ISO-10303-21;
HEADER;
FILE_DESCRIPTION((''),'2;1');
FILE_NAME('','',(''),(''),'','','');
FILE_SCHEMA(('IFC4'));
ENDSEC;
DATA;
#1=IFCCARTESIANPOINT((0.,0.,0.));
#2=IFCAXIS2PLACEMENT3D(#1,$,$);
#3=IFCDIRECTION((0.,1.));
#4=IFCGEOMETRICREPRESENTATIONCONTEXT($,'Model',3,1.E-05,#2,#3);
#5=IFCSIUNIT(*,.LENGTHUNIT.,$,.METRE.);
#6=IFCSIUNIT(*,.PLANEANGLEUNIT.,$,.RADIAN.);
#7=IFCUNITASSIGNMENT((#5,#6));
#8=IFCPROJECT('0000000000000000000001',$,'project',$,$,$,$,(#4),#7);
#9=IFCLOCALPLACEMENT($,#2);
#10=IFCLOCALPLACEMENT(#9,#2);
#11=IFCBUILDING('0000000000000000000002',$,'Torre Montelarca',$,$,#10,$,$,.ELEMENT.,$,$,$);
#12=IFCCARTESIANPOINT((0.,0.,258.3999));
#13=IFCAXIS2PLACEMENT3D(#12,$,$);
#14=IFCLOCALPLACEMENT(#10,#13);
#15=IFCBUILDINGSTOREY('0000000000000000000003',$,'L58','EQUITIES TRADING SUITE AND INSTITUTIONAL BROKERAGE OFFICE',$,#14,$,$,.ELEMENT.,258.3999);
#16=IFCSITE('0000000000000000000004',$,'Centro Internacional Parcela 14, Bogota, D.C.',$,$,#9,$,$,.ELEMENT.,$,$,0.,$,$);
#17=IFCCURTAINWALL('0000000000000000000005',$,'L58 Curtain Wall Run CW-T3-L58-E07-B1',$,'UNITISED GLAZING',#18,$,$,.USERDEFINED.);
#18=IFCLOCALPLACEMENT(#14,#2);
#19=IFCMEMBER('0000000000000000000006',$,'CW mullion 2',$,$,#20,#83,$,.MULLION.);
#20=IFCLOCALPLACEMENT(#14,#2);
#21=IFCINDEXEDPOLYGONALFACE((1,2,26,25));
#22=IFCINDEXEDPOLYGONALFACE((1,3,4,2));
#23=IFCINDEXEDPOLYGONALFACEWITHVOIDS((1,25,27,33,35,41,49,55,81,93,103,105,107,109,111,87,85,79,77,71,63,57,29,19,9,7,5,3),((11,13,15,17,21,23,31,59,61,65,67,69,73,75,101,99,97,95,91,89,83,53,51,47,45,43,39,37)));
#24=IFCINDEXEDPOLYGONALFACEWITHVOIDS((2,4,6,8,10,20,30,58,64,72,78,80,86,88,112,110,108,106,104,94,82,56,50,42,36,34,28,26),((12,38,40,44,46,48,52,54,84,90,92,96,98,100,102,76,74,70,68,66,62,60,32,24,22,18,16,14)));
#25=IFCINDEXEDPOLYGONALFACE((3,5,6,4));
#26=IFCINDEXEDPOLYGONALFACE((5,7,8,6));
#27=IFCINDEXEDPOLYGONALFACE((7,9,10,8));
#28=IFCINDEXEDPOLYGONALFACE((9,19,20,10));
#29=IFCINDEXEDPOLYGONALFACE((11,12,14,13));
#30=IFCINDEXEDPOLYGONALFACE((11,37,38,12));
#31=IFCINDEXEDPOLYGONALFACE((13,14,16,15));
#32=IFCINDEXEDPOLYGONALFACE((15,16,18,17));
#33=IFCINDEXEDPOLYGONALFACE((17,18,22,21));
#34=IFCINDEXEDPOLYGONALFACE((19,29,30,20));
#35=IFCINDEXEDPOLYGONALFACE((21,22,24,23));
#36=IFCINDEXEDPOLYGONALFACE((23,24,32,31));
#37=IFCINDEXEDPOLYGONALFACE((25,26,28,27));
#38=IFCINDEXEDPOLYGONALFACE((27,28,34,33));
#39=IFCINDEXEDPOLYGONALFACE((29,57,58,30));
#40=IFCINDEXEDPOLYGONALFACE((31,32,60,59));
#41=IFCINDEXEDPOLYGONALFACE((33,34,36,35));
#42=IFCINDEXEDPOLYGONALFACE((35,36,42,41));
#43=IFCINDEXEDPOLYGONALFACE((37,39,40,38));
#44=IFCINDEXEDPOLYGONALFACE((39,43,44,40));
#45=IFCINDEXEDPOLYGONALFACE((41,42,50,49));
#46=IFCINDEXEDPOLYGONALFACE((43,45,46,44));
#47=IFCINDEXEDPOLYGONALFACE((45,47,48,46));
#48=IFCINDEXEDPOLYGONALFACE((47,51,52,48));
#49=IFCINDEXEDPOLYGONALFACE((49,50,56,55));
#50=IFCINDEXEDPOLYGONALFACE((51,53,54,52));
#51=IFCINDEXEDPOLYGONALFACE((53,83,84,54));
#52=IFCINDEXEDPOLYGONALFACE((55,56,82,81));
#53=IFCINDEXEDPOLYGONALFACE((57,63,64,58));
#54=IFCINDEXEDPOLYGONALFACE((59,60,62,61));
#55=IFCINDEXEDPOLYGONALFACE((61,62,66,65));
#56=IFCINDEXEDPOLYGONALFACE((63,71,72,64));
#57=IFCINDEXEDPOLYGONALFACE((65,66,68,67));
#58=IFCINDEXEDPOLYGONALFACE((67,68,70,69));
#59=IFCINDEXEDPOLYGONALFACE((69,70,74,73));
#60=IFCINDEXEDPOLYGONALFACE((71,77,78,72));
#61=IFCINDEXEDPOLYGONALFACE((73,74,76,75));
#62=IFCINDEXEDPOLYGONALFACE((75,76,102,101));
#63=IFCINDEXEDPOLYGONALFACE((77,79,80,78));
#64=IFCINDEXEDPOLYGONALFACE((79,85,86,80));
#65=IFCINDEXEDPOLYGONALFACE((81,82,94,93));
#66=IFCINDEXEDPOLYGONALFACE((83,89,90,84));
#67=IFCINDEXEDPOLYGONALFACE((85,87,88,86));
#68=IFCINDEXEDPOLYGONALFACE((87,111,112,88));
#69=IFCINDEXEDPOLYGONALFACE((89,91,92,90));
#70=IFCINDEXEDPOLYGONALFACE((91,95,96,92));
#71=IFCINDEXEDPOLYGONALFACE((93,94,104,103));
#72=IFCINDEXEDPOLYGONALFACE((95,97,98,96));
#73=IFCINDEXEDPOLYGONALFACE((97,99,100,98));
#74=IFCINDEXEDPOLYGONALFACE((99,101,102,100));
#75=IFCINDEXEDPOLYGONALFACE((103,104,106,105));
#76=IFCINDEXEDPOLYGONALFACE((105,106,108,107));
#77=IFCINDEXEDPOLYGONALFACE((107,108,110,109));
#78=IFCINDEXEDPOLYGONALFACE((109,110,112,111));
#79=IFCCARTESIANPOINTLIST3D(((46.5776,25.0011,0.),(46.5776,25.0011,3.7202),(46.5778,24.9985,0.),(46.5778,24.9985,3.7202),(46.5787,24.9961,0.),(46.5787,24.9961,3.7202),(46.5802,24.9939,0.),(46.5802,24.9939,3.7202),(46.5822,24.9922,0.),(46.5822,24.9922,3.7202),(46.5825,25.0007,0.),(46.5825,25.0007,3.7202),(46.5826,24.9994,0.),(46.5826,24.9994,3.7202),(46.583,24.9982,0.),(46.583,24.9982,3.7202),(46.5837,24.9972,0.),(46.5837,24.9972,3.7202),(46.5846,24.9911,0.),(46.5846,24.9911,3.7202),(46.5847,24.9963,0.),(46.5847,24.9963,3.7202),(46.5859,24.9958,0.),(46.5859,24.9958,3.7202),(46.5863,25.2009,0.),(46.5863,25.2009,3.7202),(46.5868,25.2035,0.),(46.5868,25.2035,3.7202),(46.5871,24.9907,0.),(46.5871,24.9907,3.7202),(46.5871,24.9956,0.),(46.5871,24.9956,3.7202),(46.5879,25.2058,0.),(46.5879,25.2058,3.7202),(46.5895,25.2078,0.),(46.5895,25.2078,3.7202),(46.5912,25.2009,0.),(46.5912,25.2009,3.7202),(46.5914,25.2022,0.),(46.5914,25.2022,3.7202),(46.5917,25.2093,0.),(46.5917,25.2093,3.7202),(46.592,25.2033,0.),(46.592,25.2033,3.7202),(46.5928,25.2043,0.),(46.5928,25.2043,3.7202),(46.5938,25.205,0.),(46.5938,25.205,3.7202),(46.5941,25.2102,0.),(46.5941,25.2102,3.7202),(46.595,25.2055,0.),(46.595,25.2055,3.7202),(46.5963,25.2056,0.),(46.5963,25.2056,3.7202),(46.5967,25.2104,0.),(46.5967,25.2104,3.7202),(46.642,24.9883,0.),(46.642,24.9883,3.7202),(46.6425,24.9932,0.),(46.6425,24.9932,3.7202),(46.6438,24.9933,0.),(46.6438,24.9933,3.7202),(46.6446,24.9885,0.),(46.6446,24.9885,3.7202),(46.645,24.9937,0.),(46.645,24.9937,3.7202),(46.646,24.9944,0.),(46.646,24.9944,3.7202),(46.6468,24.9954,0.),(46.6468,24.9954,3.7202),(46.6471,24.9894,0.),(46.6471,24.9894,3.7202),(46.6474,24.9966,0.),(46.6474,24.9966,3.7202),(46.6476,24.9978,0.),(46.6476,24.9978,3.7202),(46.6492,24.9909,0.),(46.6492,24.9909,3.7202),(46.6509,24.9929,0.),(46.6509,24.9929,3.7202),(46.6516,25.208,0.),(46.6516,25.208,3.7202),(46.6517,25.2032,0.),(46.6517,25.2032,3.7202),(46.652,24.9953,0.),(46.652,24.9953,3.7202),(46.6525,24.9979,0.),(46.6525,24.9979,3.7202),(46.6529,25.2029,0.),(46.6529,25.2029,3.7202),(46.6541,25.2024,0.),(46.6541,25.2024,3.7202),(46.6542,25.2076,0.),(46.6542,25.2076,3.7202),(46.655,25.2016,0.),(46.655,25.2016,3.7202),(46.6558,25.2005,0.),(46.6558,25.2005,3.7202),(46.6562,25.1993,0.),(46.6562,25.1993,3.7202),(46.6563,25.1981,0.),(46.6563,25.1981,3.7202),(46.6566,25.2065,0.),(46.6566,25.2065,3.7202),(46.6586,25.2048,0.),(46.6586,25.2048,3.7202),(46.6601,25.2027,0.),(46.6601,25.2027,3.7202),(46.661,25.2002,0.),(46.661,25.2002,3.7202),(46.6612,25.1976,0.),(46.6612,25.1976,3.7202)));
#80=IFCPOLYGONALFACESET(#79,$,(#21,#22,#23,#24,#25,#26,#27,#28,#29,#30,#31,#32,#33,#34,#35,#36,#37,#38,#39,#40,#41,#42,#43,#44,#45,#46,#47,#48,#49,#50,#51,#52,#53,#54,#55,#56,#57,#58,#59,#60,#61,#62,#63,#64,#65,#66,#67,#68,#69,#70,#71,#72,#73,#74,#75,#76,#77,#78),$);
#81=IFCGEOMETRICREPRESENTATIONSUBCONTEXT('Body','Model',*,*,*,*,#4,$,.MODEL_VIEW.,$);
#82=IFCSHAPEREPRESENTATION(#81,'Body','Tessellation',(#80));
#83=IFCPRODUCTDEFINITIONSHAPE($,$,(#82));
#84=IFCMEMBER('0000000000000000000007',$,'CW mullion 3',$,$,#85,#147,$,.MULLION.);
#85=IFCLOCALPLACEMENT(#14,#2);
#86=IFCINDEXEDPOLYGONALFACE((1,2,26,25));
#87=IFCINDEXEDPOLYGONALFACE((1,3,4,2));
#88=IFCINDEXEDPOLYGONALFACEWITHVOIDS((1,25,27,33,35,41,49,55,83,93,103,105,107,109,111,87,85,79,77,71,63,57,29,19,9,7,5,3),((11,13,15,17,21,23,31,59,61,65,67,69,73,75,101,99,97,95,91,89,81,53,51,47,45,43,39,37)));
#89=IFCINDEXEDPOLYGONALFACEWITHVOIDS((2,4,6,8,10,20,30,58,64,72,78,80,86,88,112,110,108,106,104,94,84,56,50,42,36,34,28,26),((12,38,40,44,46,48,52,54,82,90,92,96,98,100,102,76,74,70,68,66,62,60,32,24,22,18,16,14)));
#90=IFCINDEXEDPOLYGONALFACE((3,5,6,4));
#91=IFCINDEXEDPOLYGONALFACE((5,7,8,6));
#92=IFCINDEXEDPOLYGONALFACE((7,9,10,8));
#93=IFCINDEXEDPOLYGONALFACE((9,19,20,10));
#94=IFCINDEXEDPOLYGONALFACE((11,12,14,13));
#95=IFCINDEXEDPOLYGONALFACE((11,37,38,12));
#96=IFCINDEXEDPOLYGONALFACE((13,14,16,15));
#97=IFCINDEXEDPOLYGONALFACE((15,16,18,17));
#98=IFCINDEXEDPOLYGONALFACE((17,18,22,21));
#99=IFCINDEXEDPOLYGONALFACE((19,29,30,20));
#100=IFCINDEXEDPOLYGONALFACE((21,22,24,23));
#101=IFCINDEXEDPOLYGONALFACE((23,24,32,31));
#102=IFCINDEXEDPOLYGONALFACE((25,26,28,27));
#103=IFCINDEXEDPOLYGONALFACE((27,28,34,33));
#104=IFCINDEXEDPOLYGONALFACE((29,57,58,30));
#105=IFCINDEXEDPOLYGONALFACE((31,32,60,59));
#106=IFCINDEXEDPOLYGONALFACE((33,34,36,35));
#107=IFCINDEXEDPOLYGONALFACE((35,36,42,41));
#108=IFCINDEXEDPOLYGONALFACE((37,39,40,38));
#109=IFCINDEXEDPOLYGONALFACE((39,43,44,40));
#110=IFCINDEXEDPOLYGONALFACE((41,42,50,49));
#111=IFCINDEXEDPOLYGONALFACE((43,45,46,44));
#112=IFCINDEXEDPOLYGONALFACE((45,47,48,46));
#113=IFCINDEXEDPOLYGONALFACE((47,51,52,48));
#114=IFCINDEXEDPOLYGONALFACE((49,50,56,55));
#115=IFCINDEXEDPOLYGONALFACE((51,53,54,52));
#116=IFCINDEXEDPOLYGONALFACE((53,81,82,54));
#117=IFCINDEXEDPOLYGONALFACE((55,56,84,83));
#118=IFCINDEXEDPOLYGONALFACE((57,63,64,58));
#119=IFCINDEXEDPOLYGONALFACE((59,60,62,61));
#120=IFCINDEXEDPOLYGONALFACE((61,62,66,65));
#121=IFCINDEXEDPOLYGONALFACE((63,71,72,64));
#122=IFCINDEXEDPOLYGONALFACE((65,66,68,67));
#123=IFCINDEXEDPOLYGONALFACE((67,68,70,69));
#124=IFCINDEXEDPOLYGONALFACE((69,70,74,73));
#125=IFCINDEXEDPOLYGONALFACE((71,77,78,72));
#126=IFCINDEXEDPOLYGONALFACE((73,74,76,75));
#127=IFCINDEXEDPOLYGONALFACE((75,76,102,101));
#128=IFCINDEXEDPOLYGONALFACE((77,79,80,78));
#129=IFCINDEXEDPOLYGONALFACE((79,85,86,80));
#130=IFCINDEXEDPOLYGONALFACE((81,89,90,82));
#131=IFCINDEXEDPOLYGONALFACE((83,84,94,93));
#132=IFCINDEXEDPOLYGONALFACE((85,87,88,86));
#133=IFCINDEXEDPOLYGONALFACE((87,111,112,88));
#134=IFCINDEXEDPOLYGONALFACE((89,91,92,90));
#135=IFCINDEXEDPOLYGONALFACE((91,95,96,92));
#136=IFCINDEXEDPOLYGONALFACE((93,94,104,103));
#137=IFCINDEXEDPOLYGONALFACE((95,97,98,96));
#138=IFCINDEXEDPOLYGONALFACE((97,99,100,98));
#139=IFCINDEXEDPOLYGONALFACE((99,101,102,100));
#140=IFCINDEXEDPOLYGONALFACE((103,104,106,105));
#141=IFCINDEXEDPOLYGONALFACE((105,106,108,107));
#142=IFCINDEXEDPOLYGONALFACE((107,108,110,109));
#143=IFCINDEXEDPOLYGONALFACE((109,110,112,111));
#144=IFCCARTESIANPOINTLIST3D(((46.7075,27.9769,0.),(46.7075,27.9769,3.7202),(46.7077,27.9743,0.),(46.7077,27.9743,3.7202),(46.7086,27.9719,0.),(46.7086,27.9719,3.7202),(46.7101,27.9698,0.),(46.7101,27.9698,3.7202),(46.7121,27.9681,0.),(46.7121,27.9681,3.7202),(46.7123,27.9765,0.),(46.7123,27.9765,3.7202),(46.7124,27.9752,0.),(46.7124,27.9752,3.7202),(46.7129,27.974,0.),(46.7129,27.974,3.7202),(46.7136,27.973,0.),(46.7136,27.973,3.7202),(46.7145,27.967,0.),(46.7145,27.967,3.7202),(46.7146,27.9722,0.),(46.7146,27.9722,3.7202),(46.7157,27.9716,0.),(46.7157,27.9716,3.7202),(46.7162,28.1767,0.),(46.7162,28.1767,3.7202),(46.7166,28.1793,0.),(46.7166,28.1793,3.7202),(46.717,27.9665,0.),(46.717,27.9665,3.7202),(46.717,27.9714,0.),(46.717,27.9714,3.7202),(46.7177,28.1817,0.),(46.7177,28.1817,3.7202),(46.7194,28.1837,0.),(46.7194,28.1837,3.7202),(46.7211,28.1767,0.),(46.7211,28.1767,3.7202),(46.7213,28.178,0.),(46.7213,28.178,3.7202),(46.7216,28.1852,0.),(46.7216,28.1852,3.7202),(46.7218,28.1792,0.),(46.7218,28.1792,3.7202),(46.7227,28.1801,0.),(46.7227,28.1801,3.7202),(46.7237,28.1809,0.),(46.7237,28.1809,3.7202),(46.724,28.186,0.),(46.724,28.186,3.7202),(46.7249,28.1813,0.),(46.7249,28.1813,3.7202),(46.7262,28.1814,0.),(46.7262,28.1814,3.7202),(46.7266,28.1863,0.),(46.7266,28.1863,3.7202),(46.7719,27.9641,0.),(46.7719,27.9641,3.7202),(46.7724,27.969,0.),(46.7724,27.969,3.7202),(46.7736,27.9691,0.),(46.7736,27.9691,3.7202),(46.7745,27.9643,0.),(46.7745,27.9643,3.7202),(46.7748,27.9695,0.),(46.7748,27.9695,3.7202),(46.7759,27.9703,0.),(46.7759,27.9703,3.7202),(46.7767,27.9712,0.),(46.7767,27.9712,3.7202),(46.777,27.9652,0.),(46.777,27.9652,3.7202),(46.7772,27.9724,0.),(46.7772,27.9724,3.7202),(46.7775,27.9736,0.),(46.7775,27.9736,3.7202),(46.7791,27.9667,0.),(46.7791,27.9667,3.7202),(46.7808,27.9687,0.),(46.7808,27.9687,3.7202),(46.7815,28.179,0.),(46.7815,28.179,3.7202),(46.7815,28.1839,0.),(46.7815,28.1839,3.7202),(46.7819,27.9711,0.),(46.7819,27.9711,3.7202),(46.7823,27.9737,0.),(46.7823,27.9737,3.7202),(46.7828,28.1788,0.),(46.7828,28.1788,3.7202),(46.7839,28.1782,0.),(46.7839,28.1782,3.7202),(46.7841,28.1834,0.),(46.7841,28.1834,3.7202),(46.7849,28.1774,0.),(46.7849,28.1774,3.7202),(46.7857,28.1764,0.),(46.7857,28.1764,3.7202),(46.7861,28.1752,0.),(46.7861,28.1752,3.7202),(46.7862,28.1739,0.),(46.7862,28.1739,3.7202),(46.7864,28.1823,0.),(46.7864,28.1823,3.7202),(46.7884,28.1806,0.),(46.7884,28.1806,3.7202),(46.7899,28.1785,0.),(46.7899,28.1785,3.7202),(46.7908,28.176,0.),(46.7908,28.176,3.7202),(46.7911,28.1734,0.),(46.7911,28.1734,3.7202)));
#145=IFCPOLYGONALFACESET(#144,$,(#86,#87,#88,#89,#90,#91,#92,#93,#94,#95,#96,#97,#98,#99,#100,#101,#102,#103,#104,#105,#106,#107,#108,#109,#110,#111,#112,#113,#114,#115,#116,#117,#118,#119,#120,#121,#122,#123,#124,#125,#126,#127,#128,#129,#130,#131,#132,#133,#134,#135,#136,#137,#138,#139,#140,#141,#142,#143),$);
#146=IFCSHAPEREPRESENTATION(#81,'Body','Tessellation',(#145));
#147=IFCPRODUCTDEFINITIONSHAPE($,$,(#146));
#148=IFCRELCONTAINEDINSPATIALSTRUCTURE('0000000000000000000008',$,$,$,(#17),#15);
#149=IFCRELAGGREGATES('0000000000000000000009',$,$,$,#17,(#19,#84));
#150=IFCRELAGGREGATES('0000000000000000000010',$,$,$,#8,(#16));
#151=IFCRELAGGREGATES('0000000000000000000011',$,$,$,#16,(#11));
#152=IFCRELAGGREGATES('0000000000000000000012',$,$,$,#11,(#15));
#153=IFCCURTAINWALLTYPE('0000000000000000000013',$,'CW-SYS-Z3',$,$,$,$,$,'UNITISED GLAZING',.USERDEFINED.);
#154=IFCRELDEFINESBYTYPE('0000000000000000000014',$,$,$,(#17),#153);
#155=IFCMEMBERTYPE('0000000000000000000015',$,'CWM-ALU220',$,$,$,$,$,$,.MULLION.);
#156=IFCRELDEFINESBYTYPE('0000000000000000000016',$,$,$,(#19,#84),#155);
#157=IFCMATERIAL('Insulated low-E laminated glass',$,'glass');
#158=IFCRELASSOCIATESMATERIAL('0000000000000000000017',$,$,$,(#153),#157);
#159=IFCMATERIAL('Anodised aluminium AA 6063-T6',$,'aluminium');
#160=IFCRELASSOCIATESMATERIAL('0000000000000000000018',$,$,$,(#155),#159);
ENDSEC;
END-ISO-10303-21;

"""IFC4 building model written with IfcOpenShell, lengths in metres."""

from ifc_helpers import new_model, si_unit, direction, frame, origin, origin_2d, place, context, subcontext, project, spatial, hollow_rectangle, extrude, source, transform, mapped, material, material_profile, profile_set, type_object, element, aggregate, save


model = new_model("IFC4")

# Units and contexts
model_context = context("Model", 3, precision=1e-05, world=origin(), true_north=direction((0.0, 1.0)))
body_context = subcontext(model_context, "Body", "Model", "MODEL_VIEW")
ifc_project = project(units=[si_unit("LENGTHUNIT", "METRE"), si_unit("PLANEANGLEUNIT", "RADIAN")], contexts=[model_context])

# Site, building, storey
site_placement = place(None, origin())
site = spatial("IfcSite", under=ifc_project, at=site_placement, Name="Centro Internacional Parcela 14, Bogota, D.C.", CompositionType="ELEMENT", RefElevation=0.0)
building_placement = place(site_placement, origin())
building = spatial("IfcBuilding", under=site, at=building_placement, Name="Torre Montelarca", CompositionType="ELEMENT")
storey_placement = place(building_placement, frame((0.0, 0.0, 258.3999)))
storey = spatial("IfcBuildingStorey", under=building, at=storey_placement, Name="L58", Description="EQUITIES TRADING SUITE AND INSTITUTIONAL BROKERAGE OFFICE", CompositionType="ELEMENT", Elevation=258.3999)

# Curtain wall
ifc_material_1 = material(Name="Insulated low-E laminated glass", Category="glass")
curtain_wall_type = type_object("IfcCurtainWallType", Name="CW-SYS-Z3", ElementType="UNITISED GLAZING", PredefinedType="USERDEFINED", material=ifc_material_1)
curtain_wall_1_placement = place(storey_placement, origin())
curtain_wall_1 = element("IfcCurtainWall", 1, at=curtain_wall_1_placement, inside=storey, type_object=curtain_wall_type, Name="L58 Curtain Wall Run CW-T3-L58-E07-B1", ObjectType="UNITISED GLAZING", PredefinedType="USERDEFINED")
ifc_material_2 = material(Name="Anodised aluminium AA 6063-T6", Category="aluminium")
ifc_material_profile_1 = material_profile(ifc_material_2, hollow_rectangle(XDim=0.075, YDim=0.22, WallThickness=0.0049, InnerFilletRadius=0.0049, OuterFilletRadius=0.01, at=origin_2d()), Name="ALU75X220X5", Category="aluminium")
ifc_profile_set_1 = profile_set([ifc_material_profile_1], Name="Anodised aluminium AA 6063-T6")
member_type_1 = type_object("IfcMemberType", Name="CWM-ALU220", PredefinedType="MULLION", material=ifc_profile_set_1)
shared_shape_1 = source(origin(), body_context, "Body", "SweptSolid", [
    extrude(hollow_rectangle(XDim=0.075, YDim=0.22, WallThickness=0.0049, InnerFilletRadius=0.0049, OuterFilletRadius=0.01, at=origin_2d()), origin(), (0.0, 0.0, 1.0), 3.7202),
])

# Members
member_1_placement = place(storey_placement, frame((46.6194, 25.0994, 0.0), z_axis=(0.0, 0.0, 1.0), x_axis=(-0.999048, 0.043616, 0.0)))
member_1 = element("IfcMember", 2, at=member_1_placement, type_object=member_type_1, Name="CW mullion 2", PredefinedType="MULLION", context=body_context, shape_type="MappedRepresentation", body=[
    mapped(shared_shape_1, transform((0.0, 0.0, 0.0), scale=1.0)),
])
member_2_placement = place(storey_placement, frame((46.7493, 28.0752, 0.0), z_axis=(0.0, 0.0, 1.0), x_axis=(-0.999048, 0.043616, 0.0)))
member_2 = element("IfcMember", 3, at=member_2_placement, type_object=member_type_1, Name="CW mullion 3", PredefinedType="MULLION", context=body_context, shape_type="MappedRepresentation", body=[
    mapped(shared_shape_1, transform((0.0, 0.0, 0.0), scale=1.0)),
])

aggregate(curtain_wall_1, [member_1, member_2])

save(model, "model.ifc")
